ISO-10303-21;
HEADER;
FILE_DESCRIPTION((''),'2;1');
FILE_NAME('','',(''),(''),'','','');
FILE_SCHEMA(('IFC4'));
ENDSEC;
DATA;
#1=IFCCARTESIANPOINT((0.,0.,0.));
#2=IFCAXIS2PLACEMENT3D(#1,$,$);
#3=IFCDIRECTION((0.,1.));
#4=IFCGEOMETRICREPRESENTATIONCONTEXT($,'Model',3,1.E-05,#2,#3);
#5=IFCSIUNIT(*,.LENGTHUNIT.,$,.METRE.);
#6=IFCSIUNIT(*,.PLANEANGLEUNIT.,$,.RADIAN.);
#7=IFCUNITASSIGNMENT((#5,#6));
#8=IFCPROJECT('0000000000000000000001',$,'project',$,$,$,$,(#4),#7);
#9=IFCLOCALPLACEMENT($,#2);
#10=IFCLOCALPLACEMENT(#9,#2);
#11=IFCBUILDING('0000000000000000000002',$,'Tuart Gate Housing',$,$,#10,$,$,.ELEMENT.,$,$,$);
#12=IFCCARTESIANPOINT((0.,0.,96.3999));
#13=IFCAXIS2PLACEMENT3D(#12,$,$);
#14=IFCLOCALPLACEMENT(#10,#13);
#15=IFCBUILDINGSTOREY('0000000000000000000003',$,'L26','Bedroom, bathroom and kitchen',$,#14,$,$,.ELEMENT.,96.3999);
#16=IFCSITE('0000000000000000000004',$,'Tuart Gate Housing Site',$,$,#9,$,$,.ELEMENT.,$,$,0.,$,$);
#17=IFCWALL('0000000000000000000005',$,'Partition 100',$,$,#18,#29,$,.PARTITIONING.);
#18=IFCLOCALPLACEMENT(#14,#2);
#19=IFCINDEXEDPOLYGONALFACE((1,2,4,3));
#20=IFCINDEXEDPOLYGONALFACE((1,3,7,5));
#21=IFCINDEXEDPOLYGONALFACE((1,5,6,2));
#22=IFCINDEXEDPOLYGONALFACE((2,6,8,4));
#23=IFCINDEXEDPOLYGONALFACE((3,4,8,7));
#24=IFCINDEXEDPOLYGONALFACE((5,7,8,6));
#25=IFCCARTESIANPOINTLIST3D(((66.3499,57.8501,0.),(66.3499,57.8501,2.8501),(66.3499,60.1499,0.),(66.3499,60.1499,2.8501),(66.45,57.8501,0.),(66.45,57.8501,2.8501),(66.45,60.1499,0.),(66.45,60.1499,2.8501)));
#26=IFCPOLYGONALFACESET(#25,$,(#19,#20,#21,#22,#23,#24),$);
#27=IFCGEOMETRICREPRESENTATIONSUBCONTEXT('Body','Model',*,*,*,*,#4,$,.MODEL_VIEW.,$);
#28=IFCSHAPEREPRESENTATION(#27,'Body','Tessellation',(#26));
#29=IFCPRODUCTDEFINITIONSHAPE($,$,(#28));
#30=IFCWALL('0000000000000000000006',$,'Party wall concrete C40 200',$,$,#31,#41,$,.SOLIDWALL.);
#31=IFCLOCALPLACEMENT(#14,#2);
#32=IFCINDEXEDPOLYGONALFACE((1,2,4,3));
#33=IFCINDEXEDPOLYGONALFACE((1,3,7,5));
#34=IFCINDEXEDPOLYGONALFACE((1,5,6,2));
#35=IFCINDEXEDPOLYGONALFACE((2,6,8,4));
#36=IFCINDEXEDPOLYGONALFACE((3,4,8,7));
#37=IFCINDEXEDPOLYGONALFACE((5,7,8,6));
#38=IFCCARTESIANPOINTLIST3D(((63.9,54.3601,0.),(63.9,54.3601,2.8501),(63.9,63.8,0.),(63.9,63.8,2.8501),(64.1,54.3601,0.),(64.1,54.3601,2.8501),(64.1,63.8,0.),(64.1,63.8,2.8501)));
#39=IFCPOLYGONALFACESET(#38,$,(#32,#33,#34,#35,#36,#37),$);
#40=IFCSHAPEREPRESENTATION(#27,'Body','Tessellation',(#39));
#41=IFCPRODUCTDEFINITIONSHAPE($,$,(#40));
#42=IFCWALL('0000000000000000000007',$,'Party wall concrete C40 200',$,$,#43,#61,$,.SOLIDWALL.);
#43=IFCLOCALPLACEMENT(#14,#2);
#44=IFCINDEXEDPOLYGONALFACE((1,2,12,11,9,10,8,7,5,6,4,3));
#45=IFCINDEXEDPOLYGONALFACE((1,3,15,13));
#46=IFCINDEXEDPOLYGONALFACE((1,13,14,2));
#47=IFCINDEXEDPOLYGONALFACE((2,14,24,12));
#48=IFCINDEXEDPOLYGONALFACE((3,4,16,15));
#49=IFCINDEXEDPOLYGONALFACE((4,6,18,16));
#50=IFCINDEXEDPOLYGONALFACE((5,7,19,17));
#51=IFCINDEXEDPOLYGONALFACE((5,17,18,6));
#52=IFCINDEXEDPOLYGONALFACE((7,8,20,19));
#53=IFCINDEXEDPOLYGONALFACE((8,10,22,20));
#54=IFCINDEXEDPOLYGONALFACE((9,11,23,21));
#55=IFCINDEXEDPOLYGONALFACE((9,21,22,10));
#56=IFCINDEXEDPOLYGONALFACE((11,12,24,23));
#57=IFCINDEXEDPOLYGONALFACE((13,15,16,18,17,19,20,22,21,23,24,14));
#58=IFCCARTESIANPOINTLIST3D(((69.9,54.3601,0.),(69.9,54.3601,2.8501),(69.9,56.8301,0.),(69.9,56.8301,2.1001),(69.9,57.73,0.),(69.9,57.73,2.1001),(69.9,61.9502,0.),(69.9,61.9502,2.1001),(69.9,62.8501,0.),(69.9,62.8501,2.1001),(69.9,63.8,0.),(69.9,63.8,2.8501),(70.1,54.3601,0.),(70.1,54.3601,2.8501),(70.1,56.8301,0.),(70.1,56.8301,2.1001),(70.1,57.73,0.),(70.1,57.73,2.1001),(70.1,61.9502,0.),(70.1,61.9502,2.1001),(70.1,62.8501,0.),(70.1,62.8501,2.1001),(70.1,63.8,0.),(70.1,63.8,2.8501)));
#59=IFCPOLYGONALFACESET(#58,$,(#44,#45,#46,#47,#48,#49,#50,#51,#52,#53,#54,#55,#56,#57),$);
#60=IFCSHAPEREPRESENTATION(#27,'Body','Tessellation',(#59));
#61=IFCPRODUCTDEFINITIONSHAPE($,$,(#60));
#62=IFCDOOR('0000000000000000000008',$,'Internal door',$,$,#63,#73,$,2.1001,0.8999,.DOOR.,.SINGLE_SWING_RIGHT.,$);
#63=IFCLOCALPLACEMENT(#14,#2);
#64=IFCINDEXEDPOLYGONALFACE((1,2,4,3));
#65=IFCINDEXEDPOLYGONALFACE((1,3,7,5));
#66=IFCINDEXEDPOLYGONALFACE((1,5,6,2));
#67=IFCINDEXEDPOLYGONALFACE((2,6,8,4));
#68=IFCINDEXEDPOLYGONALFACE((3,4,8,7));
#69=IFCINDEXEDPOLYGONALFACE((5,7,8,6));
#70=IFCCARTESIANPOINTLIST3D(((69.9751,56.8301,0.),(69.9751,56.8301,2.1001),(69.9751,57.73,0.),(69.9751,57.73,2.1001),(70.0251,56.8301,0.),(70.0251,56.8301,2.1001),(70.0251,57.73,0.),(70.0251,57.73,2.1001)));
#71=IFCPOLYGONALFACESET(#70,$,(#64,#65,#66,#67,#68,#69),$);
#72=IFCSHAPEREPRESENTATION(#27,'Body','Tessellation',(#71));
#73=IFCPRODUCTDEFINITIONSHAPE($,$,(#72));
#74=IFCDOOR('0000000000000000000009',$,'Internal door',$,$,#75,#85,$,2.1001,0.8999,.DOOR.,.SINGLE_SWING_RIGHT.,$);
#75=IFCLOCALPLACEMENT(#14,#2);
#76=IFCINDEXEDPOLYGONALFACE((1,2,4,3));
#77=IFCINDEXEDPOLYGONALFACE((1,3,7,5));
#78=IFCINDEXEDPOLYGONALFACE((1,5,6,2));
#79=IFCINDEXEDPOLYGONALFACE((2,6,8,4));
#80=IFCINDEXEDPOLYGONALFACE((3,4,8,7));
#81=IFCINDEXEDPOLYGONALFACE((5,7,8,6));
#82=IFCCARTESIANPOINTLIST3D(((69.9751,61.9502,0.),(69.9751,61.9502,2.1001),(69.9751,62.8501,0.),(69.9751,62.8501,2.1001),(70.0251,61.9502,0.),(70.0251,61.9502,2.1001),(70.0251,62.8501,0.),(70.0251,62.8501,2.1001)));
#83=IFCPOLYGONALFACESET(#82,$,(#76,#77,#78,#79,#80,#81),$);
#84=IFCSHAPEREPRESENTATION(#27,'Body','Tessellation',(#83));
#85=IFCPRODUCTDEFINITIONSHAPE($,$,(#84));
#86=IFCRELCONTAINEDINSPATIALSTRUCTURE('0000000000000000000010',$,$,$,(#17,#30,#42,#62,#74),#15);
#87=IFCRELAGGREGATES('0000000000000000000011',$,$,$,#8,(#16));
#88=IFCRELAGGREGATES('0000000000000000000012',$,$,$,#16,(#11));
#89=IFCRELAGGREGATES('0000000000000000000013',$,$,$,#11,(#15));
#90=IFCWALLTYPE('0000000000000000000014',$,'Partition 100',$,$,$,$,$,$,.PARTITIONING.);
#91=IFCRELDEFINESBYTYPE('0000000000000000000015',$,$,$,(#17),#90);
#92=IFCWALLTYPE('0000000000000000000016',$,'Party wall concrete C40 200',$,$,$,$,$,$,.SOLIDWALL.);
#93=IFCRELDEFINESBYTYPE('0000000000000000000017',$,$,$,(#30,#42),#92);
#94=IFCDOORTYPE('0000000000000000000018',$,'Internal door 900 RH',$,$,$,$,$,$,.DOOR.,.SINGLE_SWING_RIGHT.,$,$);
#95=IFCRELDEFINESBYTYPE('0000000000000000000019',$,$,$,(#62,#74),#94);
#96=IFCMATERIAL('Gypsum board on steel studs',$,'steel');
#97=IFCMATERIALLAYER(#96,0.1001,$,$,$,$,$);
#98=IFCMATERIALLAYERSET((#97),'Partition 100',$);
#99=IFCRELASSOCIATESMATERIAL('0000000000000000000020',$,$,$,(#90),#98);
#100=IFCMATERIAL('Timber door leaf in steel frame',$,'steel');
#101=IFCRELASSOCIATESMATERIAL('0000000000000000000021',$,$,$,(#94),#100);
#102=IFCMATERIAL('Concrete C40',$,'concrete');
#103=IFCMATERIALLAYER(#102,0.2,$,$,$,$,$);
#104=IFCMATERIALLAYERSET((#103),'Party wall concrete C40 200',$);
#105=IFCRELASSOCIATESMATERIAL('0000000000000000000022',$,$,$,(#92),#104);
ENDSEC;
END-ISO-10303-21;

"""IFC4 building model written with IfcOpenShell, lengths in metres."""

from ifc_helpers import new_model, si_unit, direction, frame, frame_2d, origin, place, context, subcontext, project, spatial, rectangle, extrude, material, layer, layer_set, type_object, element, fill, save


model = new_model("IFC4")

# Units and contexts
model_context = context("Model", 3, precision=1e-05, world=origin(), true_north=direction((0.0, 1.0)))
body_context = subcontext(model_context, "Body", "Model", "MODEL_VIEW")
ifc_project = project(units=[si_unit("LENGTHUNIT", "METRE"), si_unit("PLANEANGLEUNIT", "RADIAN")], contexts=[model_context])

# Site, building, storey
site_placement = place(None, origin())
site = spatial("IfcSite", under=ifc_project, at=site_placement, Name="Tuart Gate Housing Site", CompositionType="ELEMENT", RefElevation=0.0)
building_placement = place(site_placement, origin())
building = spatial("IfcBuilding", under=site, at=building_placement, Name="Tuart Gate Housing", CompositionType="ELEMENT")
storey_placement = place(building_placement, frame((0.0, 0.0, 96.3999)))
storey = spatial("IfcBuildingStorey", under=building, at=storey_placement, Name="L26", Description="Bedroom, bathroom and kitchen", CompositionType="ELEMENT", Elevation=96.3999)

# Shared definitions
ifc_material_1 = material(Name="Gypsum board on steel studs", Category="steel")
ifc_layer_1 = layer(ifc_material_1, 0.1001)
ifc_layer_set_1 = layer_set([ifc_layer_1], Name="Partition 100")
wall_type_1 = type_object("IfcWallType", Name="Partition 100", PredefinedType="PARTITIONING", material=ifc_layer_set_1)

# Shared definitions
ifc_material_2 = material(Name="Timber door leaf in steel frame", Category="steel")
door_type_1 = type_object("IfcDoorType", Name="Internal door 900 RH", OperationType="SINGLE_SWING_RIGHT", PredefinedType="DOOR", material=ifc_material_2)

# Walls
wall_1_placement = place(storey_placement, frame((66.3999, 57.8501, 0.0), z_axis=(0.0, 0.0, 1.0), x_axis=(0.0, 1.0, 0.0)))
element("IfcWall", 1, at=wall_1_placement, inside=storey, type_object=wall_type_1, Name="Partition 100", PredefinedType="PARTITIONING", context=body_context, shape_type="SweptSolid", body=[
    extrude(rectangle(XDim=2.2998, YDim=0.1001, at=frame_2d((1.1499, 0.0))), origin(), (0.0, 0.0, 1.0), 2.8501),
])
ifc_material_3 = material(Name="Concrete C40", Category="concrete")
ifc_layer_2 = layer(ifc_material_3, 0.2)
ifc_layer_set_2 = layer_set([ifc_layer_2], Name="Party wall concrete C40 200")
wall_type_2 = type_object("IfcWallType", Name="Party wall concrete C40 200", PredefinedType="SOLIDWALL", material=ifc_layer_set_2)
wall_2_placement = place(storey_placement, frame((64.0, 54.3601, 0.0), z_axis=(0.0, 0.0, 1.0), x_axis=(0.0, 1.0, 0.0)))
element("IfcWall", 2, at=wall_2_placement, inside=storey, type_object=wall_type_2, Name="Party wall concrete C40 200", PredefinedType="SOLIDWALL", context=body_context, shape_type="SweptSolid", body=[
    extrude(rectangle(XDim=9.4399, YDim=0.2, at=frame_2d((4.72, 0.0))), origin(), (0.0, 0.0, 1.0), 2.8501),
])

# Wall, openings, doors
wall_3_placement = place(storey_placement, frame((70.0, 54.3601, 0.0), z_axis=(0.0, 0.0, 1.0), x_axis=(0.0, 1.0, 0.0)))
wall_3 = element("IfcWall", 3, at=wall_3_placement, inside=storey, type_object=wall_type_2, Name="Party wall concrete C40 200", PredefinedType="SOLIDWALL", context=body_context, shape_type="SweptSolid", body=[
    extrude(rectangle(XDim=9.4399, YDim=0.2, at=frame_2d((4.72, 0.0))), origin(), (0.0, 0.0, 1.0), 2.8501),
])
opening_1_placement = place(wall_3_placement, frame((2.47, 0.0, 0.0)))
opening_1 = element("IfcOpeningElement", 4, at=opening_1_placement, cuts=wall_3, PredefinedType="OPENING", context=body_context, shape_type="SweptSolid", body=[
    extrude(rectangle(XDim=0.8999, YDim=2.1001, at=frame_2d((0.45, 1.05))), frame((0.0, 0.1099, 0.0), z_axis=(0.0, -1.0, 0.0), x_axis=(1.0, 0.0, 0.0)), (0.0, 0.0, 1.0), 0.22),
])
opening_2_placement = place(wall_3_placement, frame((7.5901, 0.0, 0.0)))
opening_2 = element("IfcOpeningElement", 5, at=opening_2_placement, cuts=wall_3, PredefinedType="OPENING", context=body_context, shape_type="SweptSolid", body=[
    extrude(rectangle(XDim=0.8999, YDim=2.1001, at=frame_2d((0.45, 1.05))), frame((0.0, 0.1099, 0.0), z_axis=(0.0, -1.0, 0.0), x_axis=(1.0, 0.0, 0.0)), (0.0, 0.0, 1.0), 0.22),
])
door_1_placement = place(opening_1_placement, frame((0.8999, 0.0, 0.0), z_axis=(0.0, 0.0, 1.0), x_axis=(-1.0, 0.0, 0.0)))
door_1 = element("IfcDoor", 6, at=door_1_placement, inside=storey, type_object=door_type_1, Name="Internal door", OperationType="SINGLE_SWING_RIGHT", OverallHeight=2.1001, OverallWidth=0.8999, PredefinedType="DOOR", context=body_context, shape_type="SweptSolid", body=[
    extrude(rectangle(XDim=0.8999, YDim=2.1001, at=frame_2d((0.45, 1.05))), frame((0.0, 0.0251, 0.0), z_axis=(0.0, -1.0, 0.0), x_axis=(1.0, 0.0, 0.0)), (0.0, 0.0, 1.0), 0.05),
])
fill(opening_1, door_1)
door_2_placement = place(opening_2_placement, frame((0.8999, 0.0, 0.0), z_axis=(0.0, 0.0, 1.0), x_axis=(-1.0, 0.0, 0.0)))
door_2 = element("IfcDoor", 7, at=door_2_placement, inside=storey, type_object=door_type_1, Name="Internal door", OperationType="SINGLE_SWING_RIGHT", OverallHeight=2.1001, OverallWidth=0.8999, PredefinedType="DOOR", context=body_context, shape_type="SweptSolid", body=[
    extrude(rectangle(XDim=0.8999, YDim=2.1001, at=frame_2d((0.45, 1.05))), frame((0.0, 0.0251, 0.0), z_axis=(0.0, -1.0, 0.0), x_axis=(1.0, 0.0, 0.0)), (0.0, 0.0, 1.0), 0.05),
])
fill(opening_2, door_2)

save(model, "model.ifc")
